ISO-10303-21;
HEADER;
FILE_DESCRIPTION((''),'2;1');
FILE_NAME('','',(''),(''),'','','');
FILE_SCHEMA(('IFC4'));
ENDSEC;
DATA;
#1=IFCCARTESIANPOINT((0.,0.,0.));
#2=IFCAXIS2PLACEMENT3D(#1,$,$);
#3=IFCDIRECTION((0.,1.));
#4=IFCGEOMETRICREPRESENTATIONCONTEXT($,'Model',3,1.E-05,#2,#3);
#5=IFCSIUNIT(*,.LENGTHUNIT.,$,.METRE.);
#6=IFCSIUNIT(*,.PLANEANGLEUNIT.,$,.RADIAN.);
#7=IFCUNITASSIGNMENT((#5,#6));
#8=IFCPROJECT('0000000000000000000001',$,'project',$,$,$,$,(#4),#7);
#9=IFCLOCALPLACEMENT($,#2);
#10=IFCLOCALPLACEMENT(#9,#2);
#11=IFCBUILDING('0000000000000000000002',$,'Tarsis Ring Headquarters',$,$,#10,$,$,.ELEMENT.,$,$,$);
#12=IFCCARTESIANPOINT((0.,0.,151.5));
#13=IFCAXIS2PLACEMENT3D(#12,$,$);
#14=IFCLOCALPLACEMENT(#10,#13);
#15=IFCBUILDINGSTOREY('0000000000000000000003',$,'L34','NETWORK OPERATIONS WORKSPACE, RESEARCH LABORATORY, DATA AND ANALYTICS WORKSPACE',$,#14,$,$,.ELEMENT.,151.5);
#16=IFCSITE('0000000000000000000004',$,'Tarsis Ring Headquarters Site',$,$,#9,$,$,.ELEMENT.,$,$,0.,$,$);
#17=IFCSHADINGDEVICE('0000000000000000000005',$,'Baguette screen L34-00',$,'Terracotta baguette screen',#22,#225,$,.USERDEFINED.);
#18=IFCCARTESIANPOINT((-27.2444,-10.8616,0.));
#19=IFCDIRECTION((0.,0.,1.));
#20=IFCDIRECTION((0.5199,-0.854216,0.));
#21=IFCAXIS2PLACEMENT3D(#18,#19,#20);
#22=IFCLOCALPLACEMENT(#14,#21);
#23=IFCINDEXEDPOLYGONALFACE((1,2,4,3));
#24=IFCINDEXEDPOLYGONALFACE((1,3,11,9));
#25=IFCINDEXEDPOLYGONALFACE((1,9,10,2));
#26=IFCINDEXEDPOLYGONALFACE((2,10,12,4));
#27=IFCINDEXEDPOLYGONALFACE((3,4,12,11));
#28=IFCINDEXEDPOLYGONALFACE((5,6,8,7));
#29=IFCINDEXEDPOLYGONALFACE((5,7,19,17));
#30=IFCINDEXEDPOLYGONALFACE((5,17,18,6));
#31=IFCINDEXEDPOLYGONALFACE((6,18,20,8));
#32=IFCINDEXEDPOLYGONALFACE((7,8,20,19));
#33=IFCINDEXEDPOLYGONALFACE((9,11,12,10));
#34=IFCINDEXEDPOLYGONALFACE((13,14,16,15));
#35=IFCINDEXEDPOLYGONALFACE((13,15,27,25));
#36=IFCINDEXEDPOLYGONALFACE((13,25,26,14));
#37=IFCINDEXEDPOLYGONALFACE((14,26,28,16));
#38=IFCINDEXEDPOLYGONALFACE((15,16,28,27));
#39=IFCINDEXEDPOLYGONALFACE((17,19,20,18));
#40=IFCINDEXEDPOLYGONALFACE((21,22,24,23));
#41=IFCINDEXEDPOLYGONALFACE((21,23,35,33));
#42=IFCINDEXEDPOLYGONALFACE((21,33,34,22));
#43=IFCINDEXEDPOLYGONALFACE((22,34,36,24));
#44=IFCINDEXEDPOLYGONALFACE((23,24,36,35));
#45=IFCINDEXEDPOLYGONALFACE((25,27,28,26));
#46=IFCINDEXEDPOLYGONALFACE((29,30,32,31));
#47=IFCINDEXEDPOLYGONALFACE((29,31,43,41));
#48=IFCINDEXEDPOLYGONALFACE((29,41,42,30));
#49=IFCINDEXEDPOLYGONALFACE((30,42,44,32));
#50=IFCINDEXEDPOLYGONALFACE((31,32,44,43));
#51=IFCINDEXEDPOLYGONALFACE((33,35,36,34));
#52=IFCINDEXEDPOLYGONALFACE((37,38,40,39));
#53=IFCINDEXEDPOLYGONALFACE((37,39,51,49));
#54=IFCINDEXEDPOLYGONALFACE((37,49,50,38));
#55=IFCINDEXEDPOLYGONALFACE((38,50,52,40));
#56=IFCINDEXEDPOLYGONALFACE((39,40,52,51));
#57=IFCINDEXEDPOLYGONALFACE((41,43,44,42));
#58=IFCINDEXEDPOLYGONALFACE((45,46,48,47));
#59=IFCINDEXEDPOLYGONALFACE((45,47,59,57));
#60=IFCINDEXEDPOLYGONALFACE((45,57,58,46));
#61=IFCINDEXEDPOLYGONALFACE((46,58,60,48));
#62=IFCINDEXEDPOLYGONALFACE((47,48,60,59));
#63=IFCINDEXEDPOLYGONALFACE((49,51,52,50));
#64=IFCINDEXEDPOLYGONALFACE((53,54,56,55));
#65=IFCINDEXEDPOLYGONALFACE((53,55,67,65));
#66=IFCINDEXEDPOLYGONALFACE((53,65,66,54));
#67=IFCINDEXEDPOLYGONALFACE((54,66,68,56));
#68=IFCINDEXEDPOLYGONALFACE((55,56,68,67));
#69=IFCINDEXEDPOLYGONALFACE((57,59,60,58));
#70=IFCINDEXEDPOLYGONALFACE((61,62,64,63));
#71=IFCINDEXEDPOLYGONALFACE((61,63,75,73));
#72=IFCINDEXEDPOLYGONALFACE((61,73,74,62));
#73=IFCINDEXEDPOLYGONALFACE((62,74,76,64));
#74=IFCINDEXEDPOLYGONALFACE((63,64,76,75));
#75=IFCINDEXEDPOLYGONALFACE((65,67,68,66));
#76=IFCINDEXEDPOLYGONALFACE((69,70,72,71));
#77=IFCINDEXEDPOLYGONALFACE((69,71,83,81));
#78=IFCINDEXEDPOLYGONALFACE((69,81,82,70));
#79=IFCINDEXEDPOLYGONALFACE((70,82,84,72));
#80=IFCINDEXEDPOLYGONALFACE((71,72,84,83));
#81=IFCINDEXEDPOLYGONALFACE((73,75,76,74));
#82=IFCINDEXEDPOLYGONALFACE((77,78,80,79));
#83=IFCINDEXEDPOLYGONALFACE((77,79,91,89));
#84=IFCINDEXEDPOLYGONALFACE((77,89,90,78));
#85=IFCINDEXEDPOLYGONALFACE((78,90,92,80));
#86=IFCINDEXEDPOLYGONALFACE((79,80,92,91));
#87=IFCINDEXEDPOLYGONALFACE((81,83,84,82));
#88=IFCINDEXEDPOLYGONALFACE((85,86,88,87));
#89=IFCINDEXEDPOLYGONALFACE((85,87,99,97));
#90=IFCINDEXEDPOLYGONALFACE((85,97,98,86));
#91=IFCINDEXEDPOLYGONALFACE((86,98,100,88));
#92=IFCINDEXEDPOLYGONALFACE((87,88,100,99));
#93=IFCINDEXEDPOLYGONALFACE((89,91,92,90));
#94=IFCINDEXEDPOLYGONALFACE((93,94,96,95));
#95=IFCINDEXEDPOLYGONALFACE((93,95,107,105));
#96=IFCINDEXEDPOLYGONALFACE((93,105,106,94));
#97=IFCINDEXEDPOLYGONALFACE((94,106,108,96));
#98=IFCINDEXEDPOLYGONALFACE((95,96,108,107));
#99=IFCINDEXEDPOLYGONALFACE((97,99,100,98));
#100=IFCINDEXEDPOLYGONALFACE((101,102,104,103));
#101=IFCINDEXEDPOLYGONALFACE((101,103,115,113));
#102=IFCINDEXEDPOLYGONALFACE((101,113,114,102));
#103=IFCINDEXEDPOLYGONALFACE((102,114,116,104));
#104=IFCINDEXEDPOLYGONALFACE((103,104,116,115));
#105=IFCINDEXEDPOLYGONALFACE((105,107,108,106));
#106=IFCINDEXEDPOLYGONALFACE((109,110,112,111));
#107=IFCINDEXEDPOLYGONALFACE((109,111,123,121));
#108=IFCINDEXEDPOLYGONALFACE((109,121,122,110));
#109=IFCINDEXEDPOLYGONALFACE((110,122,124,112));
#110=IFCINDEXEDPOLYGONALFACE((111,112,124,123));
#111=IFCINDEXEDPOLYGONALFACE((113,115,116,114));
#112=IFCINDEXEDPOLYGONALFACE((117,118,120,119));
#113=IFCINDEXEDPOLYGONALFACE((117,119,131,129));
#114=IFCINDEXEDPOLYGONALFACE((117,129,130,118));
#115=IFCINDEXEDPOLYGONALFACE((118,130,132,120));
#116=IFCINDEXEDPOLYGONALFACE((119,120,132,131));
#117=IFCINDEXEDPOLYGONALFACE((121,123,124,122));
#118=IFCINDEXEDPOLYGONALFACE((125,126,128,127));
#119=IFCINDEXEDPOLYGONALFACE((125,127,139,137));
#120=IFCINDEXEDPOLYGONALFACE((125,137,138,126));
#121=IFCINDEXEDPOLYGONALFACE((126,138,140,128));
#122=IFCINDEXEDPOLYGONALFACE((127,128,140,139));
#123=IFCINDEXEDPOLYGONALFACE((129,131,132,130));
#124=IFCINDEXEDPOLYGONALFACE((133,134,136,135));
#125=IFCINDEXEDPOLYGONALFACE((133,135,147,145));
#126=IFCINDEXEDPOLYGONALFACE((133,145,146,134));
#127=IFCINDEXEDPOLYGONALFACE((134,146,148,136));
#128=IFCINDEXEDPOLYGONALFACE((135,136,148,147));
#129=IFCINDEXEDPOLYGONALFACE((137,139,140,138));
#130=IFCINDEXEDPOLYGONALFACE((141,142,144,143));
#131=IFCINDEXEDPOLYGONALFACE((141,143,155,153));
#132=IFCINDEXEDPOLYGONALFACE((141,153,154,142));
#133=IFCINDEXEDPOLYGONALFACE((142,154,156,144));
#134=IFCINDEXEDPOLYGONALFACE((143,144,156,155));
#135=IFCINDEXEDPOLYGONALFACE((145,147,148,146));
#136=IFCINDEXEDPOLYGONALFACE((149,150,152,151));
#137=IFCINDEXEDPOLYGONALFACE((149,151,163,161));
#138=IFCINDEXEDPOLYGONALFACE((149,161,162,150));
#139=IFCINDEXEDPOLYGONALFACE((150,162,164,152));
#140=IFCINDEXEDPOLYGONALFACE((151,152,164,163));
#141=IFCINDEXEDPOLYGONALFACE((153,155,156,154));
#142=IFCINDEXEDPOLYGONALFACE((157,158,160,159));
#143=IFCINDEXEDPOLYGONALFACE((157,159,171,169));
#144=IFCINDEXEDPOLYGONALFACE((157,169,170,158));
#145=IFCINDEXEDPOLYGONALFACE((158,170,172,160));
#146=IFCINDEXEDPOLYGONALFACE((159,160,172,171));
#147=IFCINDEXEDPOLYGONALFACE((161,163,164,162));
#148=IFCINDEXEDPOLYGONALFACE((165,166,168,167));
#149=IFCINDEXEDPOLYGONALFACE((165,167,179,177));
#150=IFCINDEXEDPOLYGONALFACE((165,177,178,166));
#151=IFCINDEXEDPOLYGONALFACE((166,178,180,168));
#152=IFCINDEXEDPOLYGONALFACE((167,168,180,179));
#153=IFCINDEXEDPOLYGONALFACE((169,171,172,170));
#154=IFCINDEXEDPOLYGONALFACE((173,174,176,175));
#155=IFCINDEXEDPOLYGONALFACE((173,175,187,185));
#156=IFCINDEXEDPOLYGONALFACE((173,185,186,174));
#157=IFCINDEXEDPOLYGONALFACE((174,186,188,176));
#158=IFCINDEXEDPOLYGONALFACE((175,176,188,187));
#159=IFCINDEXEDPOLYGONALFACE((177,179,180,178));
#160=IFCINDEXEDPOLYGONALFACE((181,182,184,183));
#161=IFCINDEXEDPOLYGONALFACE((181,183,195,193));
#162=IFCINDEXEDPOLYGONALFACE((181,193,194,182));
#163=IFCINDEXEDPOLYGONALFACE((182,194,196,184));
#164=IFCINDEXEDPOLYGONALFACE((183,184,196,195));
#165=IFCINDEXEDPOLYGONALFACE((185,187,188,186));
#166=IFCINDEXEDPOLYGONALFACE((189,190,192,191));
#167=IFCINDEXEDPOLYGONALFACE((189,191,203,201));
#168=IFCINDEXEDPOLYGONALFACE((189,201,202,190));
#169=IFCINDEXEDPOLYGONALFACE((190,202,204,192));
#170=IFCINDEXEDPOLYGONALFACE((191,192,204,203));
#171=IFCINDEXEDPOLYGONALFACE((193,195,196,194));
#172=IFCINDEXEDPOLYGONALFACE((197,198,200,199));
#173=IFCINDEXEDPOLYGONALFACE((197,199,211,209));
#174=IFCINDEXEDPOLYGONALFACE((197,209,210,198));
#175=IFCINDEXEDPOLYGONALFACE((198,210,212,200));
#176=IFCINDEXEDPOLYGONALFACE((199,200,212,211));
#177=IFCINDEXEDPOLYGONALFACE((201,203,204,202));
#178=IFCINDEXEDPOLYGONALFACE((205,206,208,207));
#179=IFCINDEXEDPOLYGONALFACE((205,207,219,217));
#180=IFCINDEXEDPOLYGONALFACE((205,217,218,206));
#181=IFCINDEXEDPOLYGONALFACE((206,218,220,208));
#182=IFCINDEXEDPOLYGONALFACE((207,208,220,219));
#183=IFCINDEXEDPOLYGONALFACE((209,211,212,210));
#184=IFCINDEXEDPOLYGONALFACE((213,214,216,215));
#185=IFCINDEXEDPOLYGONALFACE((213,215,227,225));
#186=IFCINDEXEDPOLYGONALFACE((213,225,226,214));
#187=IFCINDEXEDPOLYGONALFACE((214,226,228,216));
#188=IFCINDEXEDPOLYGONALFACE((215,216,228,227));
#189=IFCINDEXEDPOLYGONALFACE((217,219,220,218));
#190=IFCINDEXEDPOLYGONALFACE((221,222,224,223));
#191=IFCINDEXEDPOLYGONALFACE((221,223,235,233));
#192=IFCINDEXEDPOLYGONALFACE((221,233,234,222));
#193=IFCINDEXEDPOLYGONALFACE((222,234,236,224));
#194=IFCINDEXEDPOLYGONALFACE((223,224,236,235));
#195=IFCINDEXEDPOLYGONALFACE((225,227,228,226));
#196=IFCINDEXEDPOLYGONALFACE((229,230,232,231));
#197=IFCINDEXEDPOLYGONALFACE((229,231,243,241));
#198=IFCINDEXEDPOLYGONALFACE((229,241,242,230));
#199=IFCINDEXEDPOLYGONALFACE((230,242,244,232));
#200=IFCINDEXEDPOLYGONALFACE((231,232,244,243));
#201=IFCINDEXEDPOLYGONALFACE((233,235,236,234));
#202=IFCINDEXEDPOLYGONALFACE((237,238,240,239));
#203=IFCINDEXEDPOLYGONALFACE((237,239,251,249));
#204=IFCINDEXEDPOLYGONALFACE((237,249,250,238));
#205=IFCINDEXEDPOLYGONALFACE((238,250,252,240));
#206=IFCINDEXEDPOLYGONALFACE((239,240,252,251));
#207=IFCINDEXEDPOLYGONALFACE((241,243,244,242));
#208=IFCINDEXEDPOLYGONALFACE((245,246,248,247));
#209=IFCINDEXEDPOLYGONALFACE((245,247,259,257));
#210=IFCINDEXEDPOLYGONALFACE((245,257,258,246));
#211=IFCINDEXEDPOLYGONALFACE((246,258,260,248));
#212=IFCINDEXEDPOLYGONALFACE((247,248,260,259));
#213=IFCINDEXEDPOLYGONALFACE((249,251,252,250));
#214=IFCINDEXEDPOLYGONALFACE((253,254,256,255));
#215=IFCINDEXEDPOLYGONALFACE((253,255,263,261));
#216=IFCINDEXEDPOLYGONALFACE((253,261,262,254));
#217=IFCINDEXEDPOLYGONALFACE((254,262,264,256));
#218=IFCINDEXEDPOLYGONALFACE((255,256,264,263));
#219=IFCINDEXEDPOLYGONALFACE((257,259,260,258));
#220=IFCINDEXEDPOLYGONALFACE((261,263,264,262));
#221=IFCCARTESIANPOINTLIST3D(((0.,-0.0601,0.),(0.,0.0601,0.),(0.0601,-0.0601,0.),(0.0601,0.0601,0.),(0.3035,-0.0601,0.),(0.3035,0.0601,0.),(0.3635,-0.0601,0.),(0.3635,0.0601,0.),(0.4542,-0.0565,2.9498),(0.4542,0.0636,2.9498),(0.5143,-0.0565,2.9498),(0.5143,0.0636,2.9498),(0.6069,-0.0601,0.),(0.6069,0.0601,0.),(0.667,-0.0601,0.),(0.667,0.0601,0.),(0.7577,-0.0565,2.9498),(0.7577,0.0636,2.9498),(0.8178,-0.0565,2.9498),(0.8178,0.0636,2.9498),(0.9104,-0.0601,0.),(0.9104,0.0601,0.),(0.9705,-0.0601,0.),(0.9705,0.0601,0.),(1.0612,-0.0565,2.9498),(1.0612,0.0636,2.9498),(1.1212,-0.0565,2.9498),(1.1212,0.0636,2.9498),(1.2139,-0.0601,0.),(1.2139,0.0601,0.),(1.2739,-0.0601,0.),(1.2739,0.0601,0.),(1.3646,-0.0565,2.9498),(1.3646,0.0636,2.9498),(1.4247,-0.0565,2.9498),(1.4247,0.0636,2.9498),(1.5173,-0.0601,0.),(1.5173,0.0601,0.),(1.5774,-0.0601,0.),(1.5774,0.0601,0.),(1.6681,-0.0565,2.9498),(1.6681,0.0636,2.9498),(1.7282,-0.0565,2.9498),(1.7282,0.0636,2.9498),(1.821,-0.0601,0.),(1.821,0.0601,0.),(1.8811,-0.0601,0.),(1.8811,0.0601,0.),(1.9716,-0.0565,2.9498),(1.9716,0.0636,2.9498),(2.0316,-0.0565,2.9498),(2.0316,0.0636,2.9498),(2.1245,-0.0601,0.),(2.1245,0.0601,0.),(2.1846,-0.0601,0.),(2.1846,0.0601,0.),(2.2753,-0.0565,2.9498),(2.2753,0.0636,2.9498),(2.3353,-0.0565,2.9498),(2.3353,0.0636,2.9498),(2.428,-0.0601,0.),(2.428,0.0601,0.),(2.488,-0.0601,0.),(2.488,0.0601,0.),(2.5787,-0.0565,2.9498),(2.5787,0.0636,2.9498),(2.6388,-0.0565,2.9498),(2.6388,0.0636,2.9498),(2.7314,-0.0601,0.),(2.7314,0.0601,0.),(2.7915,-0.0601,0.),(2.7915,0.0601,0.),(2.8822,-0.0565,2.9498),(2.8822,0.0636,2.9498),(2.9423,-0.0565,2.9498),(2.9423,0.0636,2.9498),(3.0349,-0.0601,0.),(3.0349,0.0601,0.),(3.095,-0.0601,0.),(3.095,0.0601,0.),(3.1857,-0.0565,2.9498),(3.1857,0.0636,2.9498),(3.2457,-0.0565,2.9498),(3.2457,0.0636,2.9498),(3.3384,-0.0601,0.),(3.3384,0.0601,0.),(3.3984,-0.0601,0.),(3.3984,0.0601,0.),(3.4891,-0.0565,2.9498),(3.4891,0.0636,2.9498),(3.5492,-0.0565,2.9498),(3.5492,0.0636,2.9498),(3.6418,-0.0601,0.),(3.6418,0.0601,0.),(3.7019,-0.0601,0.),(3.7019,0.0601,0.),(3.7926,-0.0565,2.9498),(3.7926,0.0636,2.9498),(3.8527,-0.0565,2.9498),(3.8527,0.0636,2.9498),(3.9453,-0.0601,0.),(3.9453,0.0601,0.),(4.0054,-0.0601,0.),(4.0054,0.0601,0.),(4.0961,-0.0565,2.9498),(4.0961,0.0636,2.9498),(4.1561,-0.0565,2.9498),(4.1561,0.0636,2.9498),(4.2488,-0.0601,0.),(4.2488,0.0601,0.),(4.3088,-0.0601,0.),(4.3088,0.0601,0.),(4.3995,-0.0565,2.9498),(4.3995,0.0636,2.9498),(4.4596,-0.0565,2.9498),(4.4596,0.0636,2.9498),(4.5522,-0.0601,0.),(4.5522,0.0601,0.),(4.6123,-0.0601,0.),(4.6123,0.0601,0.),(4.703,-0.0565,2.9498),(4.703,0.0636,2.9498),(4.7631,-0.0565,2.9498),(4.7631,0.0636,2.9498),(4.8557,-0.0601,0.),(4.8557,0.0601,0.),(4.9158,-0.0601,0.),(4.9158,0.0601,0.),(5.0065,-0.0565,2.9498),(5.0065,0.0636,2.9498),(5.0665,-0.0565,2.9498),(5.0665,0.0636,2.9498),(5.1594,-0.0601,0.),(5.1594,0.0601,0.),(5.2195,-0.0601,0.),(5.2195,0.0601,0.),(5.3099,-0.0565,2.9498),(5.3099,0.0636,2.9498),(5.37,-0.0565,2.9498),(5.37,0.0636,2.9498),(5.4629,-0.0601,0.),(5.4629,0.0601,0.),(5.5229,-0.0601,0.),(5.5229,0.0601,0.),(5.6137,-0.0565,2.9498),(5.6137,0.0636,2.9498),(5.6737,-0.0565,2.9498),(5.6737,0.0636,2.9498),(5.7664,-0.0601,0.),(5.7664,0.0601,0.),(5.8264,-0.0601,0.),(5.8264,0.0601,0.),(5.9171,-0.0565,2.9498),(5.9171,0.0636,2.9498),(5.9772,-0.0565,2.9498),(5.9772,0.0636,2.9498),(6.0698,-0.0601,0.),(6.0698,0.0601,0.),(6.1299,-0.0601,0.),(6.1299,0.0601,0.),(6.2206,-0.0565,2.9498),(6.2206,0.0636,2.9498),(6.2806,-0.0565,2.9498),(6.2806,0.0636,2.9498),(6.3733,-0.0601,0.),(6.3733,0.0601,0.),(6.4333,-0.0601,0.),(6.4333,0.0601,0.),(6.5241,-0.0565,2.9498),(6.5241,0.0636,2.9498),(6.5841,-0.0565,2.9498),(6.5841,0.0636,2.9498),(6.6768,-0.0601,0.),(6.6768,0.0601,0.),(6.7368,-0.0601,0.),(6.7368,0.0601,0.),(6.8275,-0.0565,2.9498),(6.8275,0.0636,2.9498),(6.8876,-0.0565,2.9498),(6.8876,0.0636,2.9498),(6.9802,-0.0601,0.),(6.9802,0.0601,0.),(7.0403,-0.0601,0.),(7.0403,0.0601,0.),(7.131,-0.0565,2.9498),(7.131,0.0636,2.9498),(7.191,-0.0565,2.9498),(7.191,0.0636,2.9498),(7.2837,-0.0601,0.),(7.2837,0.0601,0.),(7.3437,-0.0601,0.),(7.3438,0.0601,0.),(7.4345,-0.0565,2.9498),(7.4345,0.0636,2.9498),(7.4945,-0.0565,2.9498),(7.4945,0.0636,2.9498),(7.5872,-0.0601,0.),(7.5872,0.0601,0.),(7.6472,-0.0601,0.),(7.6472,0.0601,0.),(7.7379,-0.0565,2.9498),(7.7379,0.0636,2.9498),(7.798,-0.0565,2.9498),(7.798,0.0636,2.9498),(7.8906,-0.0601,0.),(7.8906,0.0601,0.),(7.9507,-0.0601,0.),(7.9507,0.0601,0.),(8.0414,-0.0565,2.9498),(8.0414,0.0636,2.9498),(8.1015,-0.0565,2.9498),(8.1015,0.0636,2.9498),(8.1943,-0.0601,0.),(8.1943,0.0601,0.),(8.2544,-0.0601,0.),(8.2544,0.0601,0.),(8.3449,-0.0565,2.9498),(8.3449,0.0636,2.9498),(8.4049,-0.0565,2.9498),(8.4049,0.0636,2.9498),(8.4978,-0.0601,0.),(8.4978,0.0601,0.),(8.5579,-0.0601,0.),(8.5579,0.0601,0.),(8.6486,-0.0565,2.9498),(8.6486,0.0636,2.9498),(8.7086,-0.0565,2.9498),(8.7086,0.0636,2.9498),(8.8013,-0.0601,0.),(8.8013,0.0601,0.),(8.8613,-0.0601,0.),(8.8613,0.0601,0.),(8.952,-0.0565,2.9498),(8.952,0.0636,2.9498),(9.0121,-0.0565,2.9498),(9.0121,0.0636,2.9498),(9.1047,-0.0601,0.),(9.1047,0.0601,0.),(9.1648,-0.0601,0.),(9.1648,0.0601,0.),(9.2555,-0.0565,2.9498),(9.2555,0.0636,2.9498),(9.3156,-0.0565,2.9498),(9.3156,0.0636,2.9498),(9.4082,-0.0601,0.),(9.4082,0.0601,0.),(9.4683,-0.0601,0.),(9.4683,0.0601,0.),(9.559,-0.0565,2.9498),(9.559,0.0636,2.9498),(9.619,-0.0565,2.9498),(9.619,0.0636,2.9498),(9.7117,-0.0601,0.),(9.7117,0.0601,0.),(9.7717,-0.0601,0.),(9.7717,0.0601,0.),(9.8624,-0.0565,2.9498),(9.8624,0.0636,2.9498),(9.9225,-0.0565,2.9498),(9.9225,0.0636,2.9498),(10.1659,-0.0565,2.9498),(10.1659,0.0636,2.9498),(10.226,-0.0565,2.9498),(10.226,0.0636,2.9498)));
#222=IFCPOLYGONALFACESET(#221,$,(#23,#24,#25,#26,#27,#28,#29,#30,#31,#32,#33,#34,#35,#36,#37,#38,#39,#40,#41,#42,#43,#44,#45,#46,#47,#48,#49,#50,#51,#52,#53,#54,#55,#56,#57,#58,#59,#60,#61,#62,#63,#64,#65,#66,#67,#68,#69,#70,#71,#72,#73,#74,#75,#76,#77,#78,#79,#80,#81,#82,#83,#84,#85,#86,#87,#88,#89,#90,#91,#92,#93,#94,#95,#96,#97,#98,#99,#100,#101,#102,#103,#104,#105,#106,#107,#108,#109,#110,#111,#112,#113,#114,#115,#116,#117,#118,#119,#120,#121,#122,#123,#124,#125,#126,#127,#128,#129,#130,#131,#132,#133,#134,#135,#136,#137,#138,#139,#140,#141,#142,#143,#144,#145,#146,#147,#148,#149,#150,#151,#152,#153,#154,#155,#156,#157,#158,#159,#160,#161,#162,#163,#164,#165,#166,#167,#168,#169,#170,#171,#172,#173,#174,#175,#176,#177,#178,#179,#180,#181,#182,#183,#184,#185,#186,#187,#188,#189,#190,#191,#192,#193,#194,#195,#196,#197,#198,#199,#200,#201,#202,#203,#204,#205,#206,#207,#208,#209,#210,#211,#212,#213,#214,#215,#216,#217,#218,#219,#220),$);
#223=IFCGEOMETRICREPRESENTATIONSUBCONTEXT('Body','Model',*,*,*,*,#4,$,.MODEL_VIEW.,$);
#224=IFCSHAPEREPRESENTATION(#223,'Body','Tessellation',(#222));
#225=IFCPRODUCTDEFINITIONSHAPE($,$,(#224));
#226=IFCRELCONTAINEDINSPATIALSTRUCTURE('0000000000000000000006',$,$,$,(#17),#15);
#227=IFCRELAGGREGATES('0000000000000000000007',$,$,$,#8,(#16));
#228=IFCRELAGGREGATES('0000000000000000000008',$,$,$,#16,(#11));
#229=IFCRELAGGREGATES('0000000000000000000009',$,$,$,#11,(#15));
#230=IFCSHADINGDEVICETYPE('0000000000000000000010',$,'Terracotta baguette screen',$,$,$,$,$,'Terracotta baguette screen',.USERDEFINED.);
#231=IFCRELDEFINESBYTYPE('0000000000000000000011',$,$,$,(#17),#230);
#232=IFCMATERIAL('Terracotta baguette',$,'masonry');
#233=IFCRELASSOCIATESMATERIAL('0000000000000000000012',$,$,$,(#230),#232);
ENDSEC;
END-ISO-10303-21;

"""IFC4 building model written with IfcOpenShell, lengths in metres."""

from ifc_helpers import new_model, si_unit, direction, frame, frame_2d, origin, place, context, subcontext, project, spatial, rectangle, composite_profile, extrude, material, type_object, element, save


model = new_model("IFC4")

# Units and contexts
model_context = context("Model", 3, precision=1e-05, world=origin(), true_north=direction((0.0, 1.0)))
body_context = subcontext(model_context, "Body", "Model", "MODEL_VIEW")
ifc_project = project(units=[si_unit("LENGTHUNIT", "METRE"), si_unit("PLANEANGLEUNIT", "RADIAN")], contexts=[model_context])

# Site, building, storey
site_placement = place(None, origin())
site = spatial("IfcSite", under=ifc_project, at=site_placement, Name="Tarsis Ring Headquarters Site", CompositionType="ELEMENT", RefElevation=0.0)
building_placement = place(site_placement, origin())
building = spatial("IfcBuilding", under=site, at=building_placement, Name="Tarsis Ring Headquarters", CompositionType="ELEMENT")
storey_placement = place(building_placement, frame((0.0, 0.0, 151.5)))
storey = spatial("IfcBuildingStorey", under=building, at=storey_placement, Name="L34", Description="NETWORK OPERATIONS WORKSPACE, RESEARCH LABORATORY, DATA AND ANALYTICS WORKSPACE", CompositionType="ELEMENT", Elevation=151.5)

# Shading device
ifc_material_1 = material(Name="Terracotta baguette", Category="masonry")
shading_device_type = type_object("IfcShadingDeviceType", Name="Terracotta baguette screen", ElementType="Terracotta baguette screen", PredefinedType="USERDEFINED", material=ifc_material_1)
shading_device_1_placement = place(storey_placement, frame((-27.2444, -10.8616, 0.0), z_axis=(0.0, 0.0, 1.0), x_axis=(0.5199, -0.854216, 0.0)))
element("IfcShadingDevice", 1, at=shading_device_1_placement, inside=storey, type_object=shading_device_type, Name="Baguette screen L34-00", ObjectType="Terracotta baguette screen", PredefinedType="USERDEFINED", context=body_context, shape_type="SweptSolid", body=[
    extrude(composite_profile([rectangle(XDim=0.0601, YDim=0.1201, at=frame_2d((0.03, 0.0))), rectangle(XDim=0.0601, YDim=0.1201, at=frame_2d((0.3335, 0.0))), rectangle(XDim=0.0601, YDim=0.1201, at=frame_2d((0.637, 0.0))), rectangle(XDim=0.0601, YDim=0.1201, at=frame_2d((0.9404, 0.0))), rectangle(XDim=0.0601, YDim=0.1201, at=frame_2d((1.2439, 0.0))), rectangle(XDim=0.0601, YDim=0.1201, at=frame_2d((1.5474, 0.0))), rectangle(XDim=0.0601, YDim=0.1201, at=frame_2d((1.8511, 0.0))), rectangle(XDim=0.0601, YDim=0.1201, at=frame_2d((2.1545, 0.0))), rectangle(XDim=0.0601, YDim=0.1201, at=frame_2d((2.458, 0.0))), rectangle(XDim=0.0601, YDim=0.1201, at=frame_2d((2.7615, 0.0))), rectangle(XDim=0.0601, YDim=0.1201, at=frame_2d((3.0649, 0.0))), rectangle(XDim=0.0601, YDim=0.1201, at=frame_2d((3.3684, 0.0))), rectangle(XDim=0.0601, YDim=0.1201, at=frame_2d((3.6719, 0.0))), rectangle(XDim=0.0601, YDim=0.1201, at=frame_2d((3.9753, 0.0))), rectangle(XDim=0.0601, YDim=0.1201, at=frame_2d((4.2788, 0.0))), rectangle(XDim=0.0601, YDim=0.1201, at=frame_2d((4.5823, 0.0))), rectangle(XDim=0.0601, YDim=0.1201, at=frame_2d((4.8857, 0.0))), rectangle(XDim=0.0601, YDim=0.1201, at=frame_2d((5.1895, 0.0))), rectangle(XDim=0.0601, YDim=0.1201, at=frame_2d((5.4929, 0.0))), rectangle(XDim=0.0601, YDim=0.1201, at=frame_2d((5.7964, 0.0))), rectangle(XDim=0.0601, YDim=0.1201, at=frame_2d((6.0999, 0.0))), rectangle(XDim=0.0601, YDim=0.1201, at=frame_2d((6.4033, 0.0))), rectangle(XDim=0.0601, YDim=0.1201, at=frame_2d((6.7068, 0.0))), rectangle(XDim=0.0601, YDim=0.1201, at=frame_2d((7.0103, 0.0))), rectangle(XDim=0.0601, YDim=0.1201, at=frame_2d((7.3137, 0.0))), rectangle(XDim=0.0601, YDim=0.1201, at=frame_2d((7.6172, 0.0))), rectangle(XDim=0.0601, YDim=0.1201, at=frame_2d((7.9207, 0.0))), rectangle(XDim=0.0601, YDim=0.1201, at=frame_2d((8.2244, 0.0))), rectangle(XDim=0.0601, YDim=0.1201, at=frame_2d((8.5278, 0.0))), rectangle(XDim=0.0601, YDim=0.1201, at=frame_2d((8.8313, 0.0))), rectangle(XDim=0.0601, YDim=0.1201, at=frame_2d((9.1348, 0.0))), rectangle(XDim=0.0601, YDim=0.1201, at=frame_2d((9.4382, 0.0))), rectangle(XDim=0.0601, YDim=0.1201, at=frame_2d((9.7417, 0.0)))]), origin(), (0.152191, 0.001193, 0.98835), 2.9846),
])

save(model, "model.ifc")
